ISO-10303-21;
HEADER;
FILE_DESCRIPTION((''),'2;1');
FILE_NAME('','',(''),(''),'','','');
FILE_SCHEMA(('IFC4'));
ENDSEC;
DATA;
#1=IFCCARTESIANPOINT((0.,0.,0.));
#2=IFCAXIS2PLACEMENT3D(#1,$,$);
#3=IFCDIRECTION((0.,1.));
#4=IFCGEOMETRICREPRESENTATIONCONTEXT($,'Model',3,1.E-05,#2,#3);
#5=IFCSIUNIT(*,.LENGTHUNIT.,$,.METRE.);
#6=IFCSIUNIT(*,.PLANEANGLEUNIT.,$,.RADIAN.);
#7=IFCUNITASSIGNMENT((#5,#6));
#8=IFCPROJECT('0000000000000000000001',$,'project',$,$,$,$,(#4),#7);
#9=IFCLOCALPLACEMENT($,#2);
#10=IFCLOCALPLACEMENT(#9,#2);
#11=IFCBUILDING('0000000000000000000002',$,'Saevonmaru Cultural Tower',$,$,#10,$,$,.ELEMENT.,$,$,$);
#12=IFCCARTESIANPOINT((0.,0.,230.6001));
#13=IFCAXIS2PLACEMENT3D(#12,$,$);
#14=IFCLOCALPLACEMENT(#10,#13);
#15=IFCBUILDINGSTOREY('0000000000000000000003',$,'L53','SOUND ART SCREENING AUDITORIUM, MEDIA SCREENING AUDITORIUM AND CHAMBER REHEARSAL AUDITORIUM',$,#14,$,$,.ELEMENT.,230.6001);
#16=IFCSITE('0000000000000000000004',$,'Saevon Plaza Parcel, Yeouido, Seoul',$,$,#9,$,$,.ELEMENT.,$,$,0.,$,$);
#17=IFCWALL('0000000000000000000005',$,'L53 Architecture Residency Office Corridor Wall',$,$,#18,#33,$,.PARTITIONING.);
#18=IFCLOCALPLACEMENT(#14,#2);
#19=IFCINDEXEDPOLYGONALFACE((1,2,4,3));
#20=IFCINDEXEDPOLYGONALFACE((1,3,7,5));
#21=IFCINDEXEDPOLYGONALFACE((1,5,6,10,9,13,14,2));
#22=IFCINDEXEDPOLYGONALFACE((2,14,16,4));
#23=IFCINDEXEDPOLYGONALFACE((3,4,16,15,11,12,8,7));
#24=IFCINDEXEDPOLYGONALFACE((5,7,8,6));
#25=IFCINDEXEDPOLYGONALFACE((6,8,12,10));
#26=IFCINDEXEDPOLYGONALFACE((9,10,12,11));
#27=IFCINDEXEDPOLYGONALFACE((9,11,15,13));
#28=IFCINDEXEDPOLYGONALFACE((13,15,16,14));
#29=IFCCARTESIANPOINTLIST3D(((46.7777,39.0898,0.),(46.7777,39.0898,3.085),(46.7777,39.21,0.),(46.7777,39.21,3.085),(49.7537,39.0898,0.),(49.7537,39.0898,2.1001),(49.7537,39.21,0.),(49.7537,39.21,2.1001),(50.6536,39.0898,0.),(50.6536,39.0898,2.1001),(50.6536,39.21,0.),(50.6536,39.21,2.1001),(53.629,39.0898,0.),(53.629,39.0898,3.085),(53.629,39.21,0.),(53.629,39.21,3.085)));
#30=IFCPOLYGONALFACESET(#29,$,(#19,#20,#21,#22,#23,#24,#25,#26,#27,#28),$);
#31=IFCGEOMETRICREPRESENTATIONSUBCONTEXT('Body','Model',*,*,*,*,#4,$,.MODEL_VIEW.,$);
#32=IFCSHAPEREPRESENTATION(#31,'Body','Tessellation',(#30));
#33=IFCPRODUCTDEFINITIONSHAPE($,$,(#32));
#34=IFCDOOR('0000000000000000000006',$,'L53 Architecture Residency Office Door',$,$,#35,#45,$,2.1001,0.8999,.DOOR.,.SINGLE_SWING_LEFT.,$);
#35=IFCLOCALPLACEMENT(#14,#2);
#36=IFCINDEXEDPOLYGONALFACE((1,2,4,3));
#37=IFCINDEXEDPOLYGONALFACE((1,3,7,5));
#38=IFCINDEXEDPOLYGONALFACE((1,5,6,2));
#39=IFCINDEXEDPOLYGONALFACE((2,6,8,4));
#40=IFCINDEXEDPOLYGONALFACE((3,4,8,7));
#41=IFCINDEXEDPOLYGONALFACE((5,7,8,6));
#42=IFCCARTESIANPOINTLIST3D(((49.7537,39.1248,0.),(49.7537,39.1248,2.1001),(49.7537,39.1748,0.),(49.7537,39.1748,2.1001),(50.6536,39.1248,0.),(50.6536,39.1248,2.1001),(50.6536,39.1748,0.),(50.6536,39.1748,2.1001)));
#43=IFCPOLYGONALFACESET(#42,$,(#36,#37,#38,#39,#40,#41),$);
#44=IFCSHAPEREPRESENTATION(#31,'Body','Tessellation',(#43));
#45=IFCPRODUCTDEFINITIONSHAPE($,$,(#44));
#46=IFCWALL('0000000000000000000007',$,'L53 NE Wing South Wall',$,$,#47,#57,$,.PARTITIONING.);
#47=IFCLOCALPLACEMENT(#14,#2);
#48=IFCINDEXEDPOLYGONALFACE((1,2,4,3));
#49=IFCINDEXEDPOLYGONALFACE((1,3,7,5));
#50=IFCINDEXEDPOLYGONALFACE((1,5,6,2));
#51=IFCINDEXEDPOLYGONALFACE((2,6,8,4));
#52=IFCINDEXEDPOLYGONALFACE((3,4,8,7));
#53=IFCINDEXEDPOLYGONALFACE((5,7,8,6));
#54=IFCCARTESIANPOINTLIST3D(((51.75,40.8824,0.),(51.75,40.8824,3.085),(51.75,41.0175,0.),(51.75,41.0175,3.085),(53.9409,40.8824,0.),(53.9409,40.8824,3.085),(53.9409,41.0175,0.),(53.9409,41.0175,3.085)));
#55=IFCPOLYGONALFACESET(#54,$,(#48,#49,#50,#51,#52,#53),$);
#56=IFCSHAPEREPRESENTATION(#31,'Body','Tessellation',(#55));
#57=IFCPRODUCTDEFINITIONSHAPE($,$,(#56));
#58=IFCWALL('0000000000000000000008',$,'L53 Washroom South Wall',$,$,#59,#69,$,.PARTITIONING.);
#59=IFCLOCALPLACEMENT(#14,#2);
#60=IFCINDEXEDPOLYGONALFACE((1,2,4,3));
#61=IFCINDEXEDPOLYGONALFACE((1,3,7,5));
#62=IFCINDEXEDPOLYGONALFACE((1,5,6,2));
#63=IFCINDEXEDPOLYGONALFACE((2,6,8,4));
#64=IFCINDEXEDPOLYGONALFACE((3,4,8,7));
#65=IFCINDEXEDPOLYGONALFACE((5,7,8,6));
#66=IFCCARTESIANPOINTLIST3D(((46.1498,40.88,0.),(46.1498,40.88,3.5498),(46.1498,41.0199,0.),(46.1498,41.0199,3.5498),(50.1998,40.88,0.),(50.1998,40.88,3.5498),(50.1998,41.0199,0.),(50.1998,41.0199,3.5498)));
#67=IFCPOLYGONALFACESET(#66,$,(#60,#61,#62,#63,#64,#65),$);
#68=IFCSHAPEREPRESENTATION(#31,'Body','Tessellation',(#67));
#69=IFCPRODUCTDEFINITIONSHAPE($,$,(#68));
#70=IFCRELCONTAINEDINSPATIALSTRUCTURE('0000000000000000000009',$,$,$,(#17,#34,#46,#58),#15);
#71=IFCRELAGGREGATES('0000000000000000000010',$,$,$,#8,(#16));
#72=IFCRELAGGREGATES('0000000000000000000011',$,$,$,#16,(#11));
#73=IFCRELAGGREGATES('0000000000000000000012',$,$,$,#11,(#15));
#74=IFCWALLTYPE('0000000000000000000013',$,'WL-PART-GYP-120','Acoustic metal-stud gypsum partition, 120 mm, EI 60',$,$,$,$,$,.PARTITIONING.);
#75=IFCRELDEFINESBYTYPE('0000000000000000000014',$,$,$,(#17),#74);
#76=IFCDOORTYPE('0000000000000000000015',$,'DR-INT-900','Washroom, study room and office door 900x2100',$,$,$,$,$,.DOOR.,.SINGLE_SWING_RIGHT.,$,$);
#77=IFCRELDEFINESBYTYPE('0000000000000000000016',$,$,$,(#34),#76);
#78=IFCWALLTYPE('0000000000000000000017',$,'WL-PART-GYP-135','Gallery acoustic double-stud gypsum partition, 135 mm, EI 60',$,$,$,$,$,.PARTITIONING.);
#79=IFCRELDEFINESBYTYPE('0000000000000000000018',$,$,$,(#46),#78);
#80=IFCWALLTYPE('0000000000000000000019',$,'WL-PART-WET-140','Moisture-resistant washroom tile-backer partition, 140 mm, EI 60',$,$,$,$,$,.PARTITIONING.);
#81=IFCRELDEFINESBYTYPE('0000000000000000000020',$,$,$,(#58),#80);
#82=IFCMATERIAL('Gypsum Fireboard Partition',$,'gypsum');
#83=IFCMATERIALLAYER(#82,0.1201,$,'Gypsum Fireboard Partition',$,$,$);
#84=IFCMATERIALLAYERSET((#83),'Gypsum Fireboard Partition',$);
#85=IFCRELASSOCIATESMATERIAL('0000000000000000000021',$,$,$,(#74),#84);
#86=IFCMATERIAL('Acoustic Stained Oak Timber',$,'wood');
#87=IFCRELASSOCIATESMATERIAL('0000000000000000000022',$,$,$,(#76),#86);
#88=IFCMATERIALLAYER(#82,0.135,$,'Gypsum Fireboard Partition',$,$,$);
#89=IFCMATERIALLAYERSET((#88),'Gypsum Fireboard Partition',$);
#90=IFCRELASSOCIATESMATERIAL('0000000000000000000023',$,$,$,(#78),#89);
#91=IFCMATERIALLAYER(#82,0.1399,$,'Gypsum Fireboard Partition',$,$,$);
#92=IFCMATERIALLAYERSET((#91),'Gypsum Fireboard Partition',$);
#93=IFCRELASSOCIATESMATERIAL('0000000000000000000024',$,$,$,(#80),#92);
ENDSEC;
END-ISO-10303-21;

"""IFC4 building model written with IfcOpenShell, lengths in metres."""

from ifc_helpers import new_model, si_unit, direction, frame, frame_2d, origin, place, context, subcontext, project, spatial, rectangle, extrude, material, layer, layer_set, type_object, element, fill, save


model = new_model("IFC4")

# Units and contexts
model_context = context("Model", 3, precision=1e-05, world=origin(), true_north=direction((0.0, 1.0)))
body_context = subcontext(model_context, "Body", "Model", "MODEL_VIEW")
ifc_project = project(units=[si_unit("LENGTHUNIT", "METRE"), si_unit("PLANEANGLEUNIT", "RADIAN")], contexts=[model_context])

# Site, building, storey
site_placement = place(None, origin())
site = spatial("IfcSite", under=ifc_project, at=site_placement, Name="Saevon Plaza Parcel, Yeouido, Seoul", CompositionType="ELEMENT", RefElevation=0.0)
building_placement = place(site_placement, origin())
building = spatial("IfcBuilding", under=site, at=building_placement, Name="Saevonmaru Cultural Tower", CompositionType="ELEMENT")
storey_placement = place(building_placement, frame((0.0, 0.0, 230.6001)))
storey = spatial("IfcBuildingStorey", under=building, at=storey_placement, Name="L53", Description="SOUND ART SCREENING AUDITORIUM, MEDIA SCREENING AUDITORIUM AND CHAMBER REHEARSAL AUDITORIUM", CompositionType="ELEMENT", Elevation=230.6001)

# Shared definitions
ifc_material_1 = material(Name="Gypsum Fireboard Partition", Category="gypsum")

# Wall, opening, door
ifc_material_2 = material(Name="Acoustic Stained Oak Timber", Category="wood")
ifc_layer_1 = layer(ifc_material_1, 0.1201, Name="Gypsum Fireboard Partition")
ifc_layer_set_1 = layer_set([ifc_layer_1], Name="Gypsum Fireboard Partition")
wall_type_1 = type_object("IfcWallType", Name="WL-PART-GYP-120", Description="Acoustic metal-stud gypsum partition, 120 mm, EI 60", PredefinedType="PARTITIONING", material=ifc_layer_set_1)
wall_1_placement = place(storey_placement, frame((46.7776, 39.1499, 0.0), z_axis=(0.0, 0.0, 1.0), x_axis=(1.0, 0.0, 0.0)))
wall_1 = element("IfcWall", 1, at=wall_1_placement, inside=storey, type_object=wall_type_1, Name="L53 Architecture Residency Office Corridor Wall", PredefinedType="PARTITIONING", context=body_context, shape_type="SweptSolid", body=[
    extrude(rectangle(XDim=6.8513, YDim=0.1201, at=frame_2d((3.4258, 0.0))), origin(), (0.0, 0.0, 1.0), 3.085),
])
opening_1_placement = place(wall_1_placement, frame((2.9761, 0.0, 0.0)))
opening_1 = element("IfcOpeningElement", 2, at=opening_1_placement, cuts=wall_1, PredefinedType="OPENING", context=body_context, shape_type="SweptSolid", body=[
    extrude(rectangle(XDim=0.8999, YDim=2.1001, at=frame_2d((0.45, 1.05))), frame((0.0, 0.0701, 0.0), z_axis=(0.0, -1.0, 0.0), x_axis=(1.0, 0.0, 0.0)), (0.0, 0.0, 1.0), 0.1401),
])
door_type_1 = type_object("IfcDoorType", Name="DR-INT-900", Description="Washroom, study room and office door 900x2100", OperationType="SINGLE_SWING_RIGHT", PredefinedType="DOOR", material=ifc_material_2)
door_1_placement = place(opening_1_placement, origin())
door_1 = element("IfcDoor", 3, at=door_1_placement, inside=storey, type_object=door_type_1, Name="L53 Architecture Residency Office Door", OperationType="SINGLE_SWING_LEFT", OverallHeight=2.1001, OverallWidth=0.8999, PredefinedType="DOOR", context=body_context, shape_type="SweptSolid", body=[
    extrude(rectangle(XDim=0.8999, YDim=2.1001, at=frame_2d((0.45, 1.05))), frame((0.0, 0.0249, 0.0), z_axis=(0.0, -1.0, 0.0), x_axis=(1.0, 0.0, 0.0)), (0.0, 0.0, 1.0), 0.05),
])
fill(opening_1, door_1)

# Walls
ifc_layer_2 = layer(ifc_material_1, 0.135, Name="Gypsum Fireboard Partition")
ifc_layer_set_2 = layer_set([ifc_layer_2], Name="Gypsum Fireboard Partition")
wall_type_2 = type_object("IfcWallType", Name="WL-PART-GYP-135", Description="Gallery acoustic double-stud gypsum partition, 135 mm, EI 60", PredefinedType="PARTITIONING", material=ifc_layer_set_2)
wall_2_placement = place(storey_placement, frame((51.75, 40.95, 0.0), z_axis=(0.0, 0.0, 1.0), x_axis=(1.0, 0.0, 0.0)))
element("IfcWall", 4, at=wall_2_placement, inside=storey, type_object=wall_type_2, Name="L53 NE Wing South Wall", PredefinedType="PARTITIONING", context=body_context, shape_type="SweptSolid", body=[
    extrude(rectangle(XDim=2.1909, YDim=0.135, at=frame_2d((1.0955, 0.0))), origin(), (0.0, 0.0, 1.0), 3.085),
])
ifc_layer_3 = layer(ifc_material_1, 0.1399, Name="Gypsum Fireboard Partition")
ifc_layer_set_3 = layer_set([ifc_layer_3], Name="Gypsum Fireboard Partition")
wall_type_3 = type_object("IfcWallType", Name="WL-PART-WET-140", Description="Moisture-resistant washroom tile-backer partition, 140 mm, EI 60", PredefinedType="PARTITIONING", material=ifc_layer_set_3)
wall_3_placement = place(storey_placement, frame((46.1499, 40.95, 0.0), z_axis=(0.0, 0.0, 1.0), x_axis=(1.0, 0.0, 0.0)))
element("IfcWall", 5, at=wall_3_placement, inside=storey, type_object=wall_type_3, Name="L53 Washroom South Wall", PredefinedType="PARTITIONING", context=body_context, shape_type="SweptSolid", body=[
    extrude(rectangle(XDim=4.05, YDim=0.1399, at=frame_2d((2.0249, 0.0))), origin(), (0.0, 0.0, 1.0), 3.5498),
])

save(model, "model.ifc")
